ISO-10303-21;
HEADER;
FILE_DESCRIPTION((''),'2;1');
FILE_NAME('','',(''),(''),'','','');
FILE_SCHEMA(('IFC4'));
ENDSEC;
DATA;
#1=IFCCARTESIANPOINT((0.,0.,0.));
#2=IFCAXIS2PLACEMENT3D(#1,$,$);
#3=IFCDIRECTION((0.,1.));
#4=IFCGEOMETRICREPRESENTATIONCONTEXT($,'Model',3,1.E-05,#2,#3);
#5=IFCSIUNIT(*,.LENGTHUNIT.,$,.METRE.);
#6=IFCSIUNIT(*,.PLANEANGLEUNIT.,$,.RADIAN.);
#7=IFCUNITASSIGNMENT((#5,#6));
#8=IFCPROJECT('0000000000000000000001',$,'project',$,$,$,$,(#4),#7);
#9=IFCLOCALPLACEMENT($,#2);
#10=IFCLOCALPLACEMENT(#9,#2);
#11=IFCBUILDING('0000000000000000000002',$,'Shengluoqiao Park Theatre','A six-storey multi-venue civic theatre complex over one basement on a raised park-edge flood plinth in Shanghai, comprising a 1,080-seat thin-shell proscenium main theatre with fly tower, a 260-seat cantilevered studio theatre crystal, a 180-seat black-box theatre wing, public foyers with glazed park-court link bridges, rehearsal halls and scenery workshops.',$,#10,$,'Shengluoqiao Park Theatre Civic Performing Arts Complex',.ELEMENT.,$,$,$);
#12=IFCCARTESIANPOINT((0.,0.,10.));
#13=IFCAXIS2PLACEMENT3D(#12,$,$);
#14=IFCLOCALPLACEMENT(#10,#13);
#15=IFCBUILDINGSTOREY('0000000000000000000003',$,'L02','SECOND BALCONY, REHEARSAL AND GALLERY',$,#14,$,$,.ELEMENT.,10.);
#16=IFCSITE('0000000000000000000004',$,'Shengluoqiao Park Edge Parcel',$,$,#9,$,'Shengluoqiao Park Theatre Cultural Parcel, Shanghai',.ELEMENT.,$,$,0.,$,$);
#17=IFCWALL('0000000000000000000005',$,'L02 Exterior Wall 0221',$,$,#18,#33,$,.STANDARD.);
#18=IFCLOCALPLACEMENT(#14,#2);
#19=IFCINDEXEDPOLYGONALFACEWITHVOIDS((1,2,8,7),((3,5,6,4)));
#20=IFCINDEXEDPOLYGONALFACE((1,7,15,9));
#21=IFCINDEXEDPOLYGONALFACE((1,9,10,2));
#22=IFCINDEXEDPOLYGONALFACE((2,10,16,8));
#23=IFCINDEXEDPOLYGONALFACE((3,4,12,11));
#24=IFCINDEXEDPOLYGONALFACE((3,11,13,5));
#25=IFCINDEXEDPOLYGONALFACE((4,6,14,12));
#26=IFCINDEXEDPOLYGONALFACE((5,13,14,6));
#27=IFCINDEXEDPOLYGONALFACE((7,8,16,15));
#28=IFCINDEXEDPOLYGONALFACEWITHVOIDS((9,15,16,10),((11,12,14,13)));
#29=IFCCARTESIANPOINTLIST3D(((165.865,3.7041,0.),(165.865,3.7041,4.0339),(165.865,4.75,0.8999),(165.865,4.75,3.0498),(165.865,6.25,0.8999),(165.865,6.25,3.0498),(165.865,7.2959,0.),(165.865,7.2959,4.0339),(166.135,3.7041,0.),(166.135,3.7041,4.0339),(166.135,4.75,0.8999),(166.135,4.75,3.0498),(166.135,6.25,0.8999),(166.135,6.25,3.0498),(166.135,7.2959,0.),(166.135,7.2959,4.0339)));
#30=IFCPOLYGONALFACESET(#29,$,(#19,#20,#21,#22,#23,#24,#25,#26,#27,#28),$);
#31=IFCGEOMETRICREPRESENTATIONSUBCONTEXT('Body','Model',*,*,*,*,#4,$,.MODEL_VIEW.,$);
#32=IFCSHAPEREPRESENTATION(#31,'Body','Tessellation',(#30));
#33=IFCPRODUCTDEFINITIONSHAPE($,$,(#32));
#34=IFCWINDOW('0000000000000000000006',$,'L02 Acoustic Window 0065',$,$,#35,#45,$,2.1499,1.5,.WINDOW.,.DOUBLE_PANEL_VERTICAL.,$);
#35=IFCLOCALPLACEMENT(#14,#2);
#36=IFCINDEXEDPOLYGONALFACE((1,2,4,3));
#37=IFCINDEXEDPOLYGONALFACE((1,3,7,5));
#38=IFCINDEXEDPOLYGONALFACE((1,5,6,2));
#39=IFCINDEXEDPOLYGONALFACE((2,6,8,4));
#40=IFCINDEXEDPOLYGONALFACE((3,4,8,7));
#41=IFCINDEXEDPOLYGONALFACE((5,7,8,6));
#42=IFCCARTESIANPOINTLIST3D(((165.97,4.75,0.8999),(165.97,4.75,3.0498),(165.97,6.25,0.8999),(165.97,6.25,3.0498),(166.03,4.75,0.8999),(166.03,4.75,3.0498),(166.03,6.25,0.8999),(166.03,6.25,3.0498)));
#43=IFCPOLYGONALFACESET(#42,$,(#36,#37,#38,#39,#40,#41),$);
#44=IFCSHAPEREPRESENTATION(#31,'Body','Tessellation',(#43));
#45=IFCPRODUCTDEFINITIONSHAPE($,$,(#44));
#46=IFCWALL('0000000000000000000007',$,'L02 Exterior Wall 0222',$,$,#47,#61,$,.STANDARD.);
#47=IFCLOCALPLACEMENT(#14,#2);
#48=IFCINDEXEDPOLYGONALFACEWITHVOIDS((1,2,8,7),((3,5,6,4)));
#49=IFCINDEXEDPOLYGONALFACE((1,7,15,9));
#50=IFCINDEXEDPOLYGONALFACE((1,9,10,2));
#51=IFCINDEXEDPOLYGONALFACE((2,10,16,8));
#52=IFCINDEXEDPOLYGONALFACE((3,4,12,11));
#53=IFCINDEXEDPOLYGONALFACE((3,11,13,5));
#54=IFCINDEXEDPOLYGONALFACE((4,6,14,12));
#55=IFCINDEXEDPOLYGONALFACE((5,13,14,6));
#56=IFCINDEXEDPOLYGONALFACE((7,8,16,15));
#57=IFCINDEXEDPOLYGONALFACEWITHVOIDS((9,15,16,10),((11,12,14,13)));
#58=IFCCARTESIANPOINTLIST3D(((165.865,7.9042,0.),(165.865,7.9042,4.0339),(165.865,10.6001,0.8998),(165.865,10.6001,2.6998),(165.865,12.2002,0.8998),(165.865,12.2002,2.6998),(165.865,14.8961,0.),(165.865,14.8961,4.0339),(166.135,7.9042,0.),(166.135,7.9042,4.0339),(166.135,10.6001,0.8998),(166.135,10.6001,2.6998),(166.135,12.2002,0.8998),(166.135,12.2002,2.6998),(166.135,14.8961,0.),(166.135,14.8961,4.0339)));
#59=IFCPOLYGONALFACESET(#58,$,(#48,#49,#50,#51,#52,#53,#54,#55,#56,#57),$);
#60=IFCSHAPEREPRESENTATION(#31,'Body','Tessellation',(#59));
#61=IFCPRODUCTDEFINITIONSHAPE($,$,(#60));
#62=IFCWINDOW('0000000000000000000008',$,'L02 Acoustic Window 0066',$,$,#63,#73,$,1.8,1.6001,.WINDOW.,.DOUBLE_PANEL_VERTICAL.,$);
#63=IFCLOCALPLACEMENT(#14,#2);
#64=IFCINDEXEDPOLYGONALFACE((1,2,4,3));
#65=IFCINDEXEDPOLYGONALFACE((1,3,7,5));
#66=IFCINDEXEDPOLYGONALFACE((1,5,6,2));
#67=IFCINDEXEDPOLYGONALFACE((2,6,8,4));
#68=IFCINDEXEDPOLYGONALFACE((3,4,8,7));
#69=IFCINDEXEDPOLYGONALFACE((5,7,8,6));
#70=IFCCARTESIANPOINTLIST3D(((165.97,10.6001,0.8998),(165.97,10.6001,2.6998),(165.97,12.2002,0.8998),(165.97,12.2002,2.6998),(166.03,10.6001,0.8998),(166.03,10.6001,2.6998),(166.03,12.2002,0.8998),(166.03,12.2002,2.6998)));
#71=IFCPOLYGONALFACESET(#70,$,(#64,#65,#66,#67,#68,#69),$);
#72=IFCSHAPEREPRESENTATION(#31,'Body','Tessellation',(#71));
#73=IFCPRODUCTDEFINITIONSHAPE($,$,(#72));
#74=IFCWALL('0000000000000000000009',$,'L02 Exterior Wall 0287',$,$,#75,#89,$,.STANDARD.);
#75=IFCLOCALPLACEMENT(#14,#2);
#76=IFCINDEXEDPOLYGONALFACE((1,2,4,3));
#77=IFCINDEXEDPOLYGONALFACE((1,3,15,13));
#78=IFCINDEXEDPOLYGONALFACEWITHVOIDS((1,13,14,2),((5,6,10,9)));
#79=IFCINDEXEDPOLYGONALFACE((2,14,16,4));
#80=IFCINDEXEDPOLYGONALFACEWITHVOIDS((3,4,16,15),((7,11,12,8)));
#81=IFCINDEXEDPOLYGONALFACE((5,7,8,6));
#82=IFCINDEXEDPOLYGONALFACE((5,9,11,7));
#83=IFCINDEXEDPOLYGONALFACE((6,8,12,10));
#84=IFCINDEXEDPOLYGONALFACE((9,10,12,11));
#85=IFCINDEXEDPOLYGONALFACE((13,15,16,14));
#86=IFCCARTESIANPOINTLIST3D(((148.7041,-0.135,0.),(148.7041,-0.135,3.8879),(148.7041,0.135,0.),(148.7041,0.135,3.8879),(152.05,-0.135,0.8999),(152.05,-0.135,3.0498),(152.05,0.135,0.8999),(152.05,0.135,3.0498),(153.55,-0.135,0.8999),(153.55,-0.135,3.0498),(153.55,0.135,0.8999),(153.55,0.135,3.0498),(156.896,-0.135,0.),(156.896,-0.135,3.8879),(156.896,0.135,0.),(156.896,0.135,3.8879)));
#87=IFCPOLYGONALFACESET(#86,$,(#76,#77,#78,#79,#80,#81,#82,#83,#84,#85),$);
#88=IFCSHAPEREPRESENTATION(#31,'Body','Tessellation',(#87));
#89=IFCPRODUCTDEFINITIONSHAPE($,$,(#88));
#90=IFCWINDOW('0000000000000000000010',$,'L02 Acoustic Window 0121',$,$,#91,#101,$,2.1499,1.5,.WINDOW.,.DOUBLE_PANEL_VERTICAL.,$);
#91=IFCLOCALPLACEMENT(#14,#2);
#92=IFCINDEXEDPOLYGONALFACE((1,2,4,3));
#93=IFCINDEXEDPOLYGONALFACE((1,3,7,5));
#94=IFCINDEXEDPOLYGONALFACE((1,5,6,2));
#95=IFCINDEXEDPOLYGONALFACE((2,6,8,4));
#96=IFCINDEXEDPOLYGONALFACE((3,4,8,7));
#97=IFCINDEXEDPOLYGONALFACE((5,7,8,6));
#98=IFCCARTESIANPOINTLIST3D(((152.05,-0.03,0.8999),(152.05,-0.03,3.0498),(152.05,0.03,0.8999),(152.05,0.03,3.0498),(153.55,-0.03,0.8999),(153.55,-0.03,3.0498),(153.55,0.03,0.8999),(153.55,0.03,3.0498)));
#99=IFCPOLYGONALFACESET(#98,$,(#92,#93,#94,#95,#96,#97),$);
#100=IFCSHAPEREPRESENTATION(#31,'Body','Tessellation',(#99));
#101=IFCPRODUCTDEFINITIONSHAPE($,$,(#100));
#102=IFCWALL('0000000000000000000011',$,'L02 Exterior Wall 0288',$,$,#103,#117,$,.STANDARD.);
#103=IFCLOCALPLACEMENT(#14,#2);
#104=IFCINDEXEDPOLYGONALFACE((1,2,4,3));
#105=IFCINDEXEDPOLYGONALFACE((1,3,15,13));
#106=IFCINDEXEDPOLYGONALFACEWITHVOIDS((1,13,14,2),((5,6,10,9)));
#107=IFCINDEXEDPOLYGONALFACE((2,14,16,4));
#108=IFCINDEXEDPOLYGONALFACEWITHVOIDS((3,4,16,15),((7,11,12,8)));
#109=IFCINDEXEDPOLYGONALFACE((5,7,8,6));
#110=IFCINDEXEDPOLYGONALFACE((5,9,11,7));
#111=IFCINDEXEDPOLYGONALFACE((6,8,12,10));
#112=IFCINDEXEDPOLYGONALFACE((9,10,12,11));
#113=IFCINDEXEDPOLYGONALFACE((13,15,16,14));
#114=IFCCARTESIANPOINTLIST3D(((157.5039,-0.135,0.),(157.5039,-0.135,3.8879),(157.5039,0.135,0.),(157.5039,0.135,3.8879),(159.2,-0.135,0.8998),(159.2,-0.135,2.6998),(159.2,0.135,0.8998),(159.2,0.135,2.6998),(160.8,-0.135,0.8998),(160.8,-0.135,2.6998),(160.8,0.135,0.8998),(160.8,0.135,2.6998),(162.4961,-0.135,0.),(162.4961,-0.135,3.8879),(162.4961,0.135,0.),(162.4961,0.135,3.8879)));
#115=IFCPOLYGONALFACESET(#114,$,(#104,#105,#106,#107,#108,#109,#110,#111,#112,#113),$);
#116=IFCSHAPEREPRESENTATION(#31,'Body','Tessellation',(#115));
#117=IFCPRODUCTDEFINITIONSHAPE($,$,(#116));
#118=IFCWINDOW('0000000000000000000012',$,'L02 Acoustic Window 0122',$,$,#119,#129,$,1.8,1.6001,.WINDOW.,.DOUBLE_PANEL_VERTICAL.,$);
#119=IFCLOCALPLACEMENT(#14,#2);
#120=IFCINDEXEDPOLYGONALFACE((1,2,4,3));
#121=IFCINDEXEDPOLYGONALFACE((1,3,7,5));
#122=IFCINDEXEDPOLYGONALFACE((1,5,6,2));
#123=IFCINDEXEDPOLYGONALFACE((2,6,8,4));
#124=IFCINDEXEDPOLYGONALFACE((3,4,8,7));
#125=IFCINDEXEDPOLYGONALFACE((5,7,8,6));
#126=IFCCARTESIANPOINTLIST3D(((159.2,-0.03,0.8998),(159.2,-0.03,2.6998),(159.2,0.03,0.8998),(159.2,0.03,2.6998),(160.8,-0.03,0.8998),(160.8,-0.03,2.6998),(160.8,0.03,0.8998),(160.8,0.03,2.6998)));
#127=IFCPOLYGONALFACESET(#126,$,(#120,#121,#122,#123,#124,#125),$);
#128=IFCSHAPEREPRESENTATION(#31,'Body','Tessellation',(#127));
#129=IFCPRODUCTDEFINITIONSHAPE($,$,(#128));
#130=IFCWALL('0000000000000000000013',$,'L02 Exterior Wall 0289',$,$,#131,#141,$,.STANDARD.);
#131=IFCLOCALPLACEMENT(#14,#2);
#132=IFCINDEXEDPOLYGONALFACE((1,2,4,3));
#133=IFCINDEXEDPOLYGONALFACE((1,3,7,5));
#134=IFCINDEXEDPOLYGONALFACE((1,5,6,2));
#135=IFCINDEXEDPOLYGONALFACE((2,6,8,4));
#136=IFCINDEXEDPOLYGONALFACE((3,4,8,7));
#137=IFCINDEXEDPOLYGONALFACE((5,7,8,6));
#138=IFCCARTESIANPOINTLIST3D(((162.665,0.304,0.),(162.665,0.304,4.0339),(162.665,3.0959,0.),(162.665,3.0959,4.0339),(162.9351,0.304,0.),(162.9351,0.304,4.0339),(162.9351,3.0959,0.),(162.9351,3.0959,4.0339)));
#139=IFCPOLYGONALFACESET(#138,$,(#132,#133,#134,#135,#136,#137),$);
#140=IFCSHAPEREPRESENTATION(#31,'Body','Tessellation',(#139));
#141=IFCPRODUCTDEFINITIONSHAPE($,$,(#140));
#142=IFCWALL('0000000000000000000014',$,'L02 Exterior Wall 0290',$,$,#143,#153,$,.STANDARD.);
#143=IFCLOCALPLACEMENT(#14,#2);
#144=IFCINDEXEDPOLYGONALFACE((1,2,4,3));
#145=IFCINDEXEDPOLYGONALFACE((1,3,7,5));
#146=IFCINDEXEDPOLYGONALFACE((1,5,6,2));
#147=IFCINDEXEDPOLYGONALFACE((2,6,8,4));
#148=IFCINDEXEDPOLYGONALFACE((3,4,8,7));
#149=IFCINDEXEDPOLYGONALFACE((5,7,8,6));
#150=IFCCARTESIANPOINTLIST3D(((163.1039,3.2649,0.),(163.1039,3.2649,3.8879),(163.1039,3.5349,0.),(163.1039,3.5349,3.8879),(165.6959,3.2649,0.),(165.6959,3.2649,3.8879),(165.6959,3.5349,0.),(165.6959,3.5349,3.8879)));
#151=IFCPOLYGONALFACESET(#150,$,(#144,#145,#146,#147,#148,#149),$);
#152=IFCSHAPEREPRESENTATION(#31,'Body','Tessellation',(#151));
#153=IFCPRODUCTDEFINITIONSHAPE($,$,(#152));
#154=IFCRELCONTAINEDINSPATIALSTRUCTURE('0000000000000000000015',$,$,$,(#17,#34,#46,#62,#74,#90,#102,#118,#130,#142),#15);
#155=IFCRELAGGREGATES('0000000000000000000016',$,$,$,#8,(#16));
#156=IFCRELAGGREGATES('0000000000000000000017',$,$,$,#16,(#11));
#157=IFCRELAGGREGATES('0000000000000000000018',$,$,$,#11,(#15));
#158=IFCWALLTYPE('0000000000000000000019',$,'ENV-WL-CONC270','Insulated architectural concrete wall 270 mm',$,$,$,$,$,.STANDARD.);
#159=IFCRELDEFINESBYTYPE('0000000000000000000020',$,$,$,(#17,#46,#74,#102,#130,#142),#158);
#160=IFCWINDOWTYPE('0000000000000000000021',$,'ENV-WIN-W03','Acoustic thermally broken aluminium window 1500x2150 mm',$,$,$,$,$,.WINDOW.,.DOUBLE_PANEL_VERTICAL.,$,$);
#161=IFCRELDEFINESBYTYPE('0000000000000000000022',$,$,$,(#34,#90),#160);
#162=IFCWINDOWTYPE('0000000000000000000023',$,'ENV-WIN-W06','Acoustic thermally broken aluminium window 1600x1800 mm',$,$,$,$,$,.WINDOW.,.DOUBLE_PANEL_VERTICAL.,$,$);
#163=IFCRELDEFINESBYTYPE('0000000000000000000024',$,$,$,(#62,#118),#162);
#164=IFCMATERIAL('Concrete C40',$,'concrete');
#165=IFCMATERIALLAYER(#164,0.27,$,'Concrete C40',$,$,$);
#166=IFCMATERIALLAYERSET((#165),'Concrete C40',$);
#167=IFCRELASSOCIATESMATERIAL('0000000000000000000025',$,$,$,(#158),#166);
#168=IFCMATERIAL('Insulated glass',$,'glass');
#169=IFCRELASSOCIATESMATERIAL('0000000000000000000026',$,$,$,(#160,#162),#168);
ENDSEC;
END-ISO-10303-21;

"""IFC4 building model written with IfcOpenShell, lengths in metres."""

from ifc_helpers import new_model, si_unit, direction, frame, frame_2d, origin, place, context, subcontext, project, spatial, rectangle, extrude, material, layer, layer_set, type_object, element, fill, save


model = new_model("IFC4")

# Units and contexts
model_context = context("Model", 3, precision=1e-05, world=origin(), true_north=direction((0.0, 1.0)))
body_context = subcontext(model_context, "Body", "Model", "MODEL_VIEW")
ifc_project = project(units=[si_unit("LENGTHUNIT", "METRE"), si_unit("PLANEANGLEUNIT", "RADIAN")], contexts=[model_context])

# Site, building, storey
site_placement = place(None, origin())
site = spatial("IfcSite", under=ifc_project, at=site_placement, Name="Shengluoqiao Park Edge Parcel", LongName="Shengluoqiao Park Theatre Cultural Parcel, Shanghai", CompositionType="ELEMENT", RefElevation=0.0)
building_placement = place(site_placement, origin())
building = spatial("IfcBuilding", under=site, at=building_placement, Name="Shengluoqiao Park Theatre", Description="A six-storey multi-venue civic theatre complex over one basement on a raised park-edge flood plinth in Shanghai, comprising a 1,080-seat thin-shell proscenium main theatre with fly tower, a 260-seat cantilevered studio theatre crystal, a 180-seat black-box theatre wing, public foyers with glazed park-court link bridges, rehearsal halls and scenery workshops.", LongName="Shengluoqiao Park Theatre Civic Performing Arts Complex", CompositionType="ELEMENT")
storey_placement = place(building_placement, frame((0.0, 0.0, 10.0)))
storey = spatial("IfcBuildingStorey", under=building, at=storey_placement, Name="L02", Description="SECOND BALCONY, REHEARSAL AND GALLERY", CompositionType="ELEMENT", Elevation=10.0)

# Shared definitions
ifc_material_1 = material(Name="Concrete C40", Category="concrete")

# Shared definitions
ifc_material_2 = material(Name="Insulated glass", Category="glass")

# Walls, openings, windows
ifc_layer_1 = layer(ifc_material_1, 0.27, Name="Concrete C40")
ifc_layer_set_1 = layer_set([ifc_layer_1], Name="Concrete C40")
wall_type = type_object("IfcWallType", Name="ENV-WL-CONC270", Description="Insulated architectural concrete wall 270 mm", PredefinedType="STANDARD", material=ifc_layer_set_1)
wall_1_placement = place(storey_placement, frame((166.0, 3.7041, 0.0), z_axis=(0.0, 0.0, 1.0), x_axis=(0.0, 1.0, 0.0)))
wall_1 = element("IfcWall", 1, at=wall_1_placement, inside=storey, type_object=wall_type, Name="L02 Exterior Wall 0221", PredefinedType="STANDARD", context=body_context, shape_type="SweptSolid", body=[
    extrude(rectangle(XDim=3.5918, YDim=0.27, at=frame_2d((1.7959, 0.0))), origin(), (0.0, 0.0, 1.0), 4.0339),
])
opening_1_placement = place(wall_1_placement, frame((1.0459, 0.0, 0.8999)))
opening_1 = element("IfcOpeningElement", 2, at=opening_1_placement, cuts=wall_1, PredefinedType="OPENING", context=body_context, shape_type="SweptSolid", body=[
    extrude(rectangle(XDim=1.5, YDim=2.1499, at=frame_2d((0.75, 1.075))), frame((0.0, 0.145, 0.0), z_axis=(0.0, -1.0, 0.0), x_axis=(1.0, 0.0, 0.0)), (0.0, 0.0, 1.0), 0.29),
])
window_type_1 = type_object("IfcWindowType", Name="ENV-WIN-W03", Description="Acoustic thermally broken aluminium window 1500x2150 mm", PartitioningType="DOUBLE_PANEL_VERTICAL", PredefinedType="WINDOW", material=ifc_material_2)
window_1_placement = place(opening_1_placement, origin())
window_1 = element("IfcWindow", 3, at=window_1_placement, inside=storey, type_object=window_type_1, Name="L02 Acoustic Window 0065", OverallHeight=2.1499, OverallWidth=1.5, PartitioningType="DOUBLE_PANEL_VERTICAL", PredefinedType="WINDOW", context=body_context, shape_type="SweptSolid", body=[
    extrude(rectangle(XDim=1.5, YDim=2.1499, at=frame_2d((0.75, 1.075))), frame((0.0, 0.03, 0.0), z_axis=(0.0, -1.0, 0.0), x_axis=(1.0, 0.0, 0.0)), (0.0, 0.0, 1.0), 0.0601),
])
fill(opening_1, window_1)
wall_2_placement = place(storey_placement, frame((166.0, 7.9041, 0.0), z_axis=(0.0, 0.0, 1.0), x_axis=(0.0, 1.0, 0.0)))
wall_2 = element("IfcWall", 4, at=wall_2_placement, inside=storey, type_object=wall_type, Name="L02 Exterior Wall 0222", PredefinedType="STANDARD", context=body_context, shape_type="SweptSolid", body=[
    extrude(rectangle(XDim=6.9919, YDim=0.27, at=frame_2d((3.4961, 0.0))), origin(), (0.0, 0.0, 1.0), 4.0339),
])
opening_2_placement = place(wall_2_placement, frame((2.696, 0.0, 0.8999)))
opening_2 = element("IfcOpeningElement", 5, at=opening_2_placement, cuts=wall_2, PredefinedType="OPENING", context=body_context, shape_type="SweptSolid", body=[
    extrude(rectangle(XDim=1.6001, YDim=1.8, at=frame_2d((0.8, 0.8999))), frame((0.0, 0.145, 0.0), z_axis=(0.0, -1.0, 0.0), x_axis=(1.0, 0.0, 0.0)), (0.0, 0.0, 1.0), 0.29),
])
window_type_2 = type_object("IfcWindowType", Name="ENV-WIN-W06", Description="Acoustic thermally broken aluminium window 1600x1800 mm", PartitioningType="DOUBLE_PANEL_VERTICAL", PredefinedType="WINDOW", material=ifc_material_2)
window_2_placement = place(opening_2_placement, origin())
window_2 = element("IfcWindow", 6, at=window_2_placement, inside=storey, type_object=window_type_2, Name="L02 Acoustic Window 0066", OverallHeight=1.8, OverallWidth=1.6001, PartitioningType="DOUBLE_PANEL_VERTICAL", PredefinedType="WINDOW", context=body_context, shape_type="SweptSolid", body=[
    extrude(rectangle(XDim=1.6001, YDim=1.8, at=frame_2d((0.8, 0.8999))), frame((0.0, 0.03, 0.0), z_axis=(0.0, -1.0, 0.0), x_axis=(1.0, 0.0, 0.0)), (0.0, 0.0, 1.0), 0.0601),
])
fill(opening_2, window_2)
wall_3_placement = place(storey_placement, frame((148.7041, 0.0, 0.0), z_axis=(0.0, 0.0, 1.0), x_axis=(1.0, 0.0, 0.0)))
wall_3 = element("IfcWall", 7, at=wall_3_placement, inside=storey, type_object=wall_type, Name="L02 Exterior Wall 0287", PredefinedType="STANDARD", context=body_context, shape_type="SweptSolid", body=[
    extrude(rectangle(XDim=8.1919, YDim=0.27, at=frame_2d((4.0959, 0.0))), origin(), (0.0, 0.0, 1.0), 3.8879),
])
opening_3_placement = place(wall_3_placement, frame((3.3459, 0.0, 0.8999)))
opening_3 = element("IfcOpeningElement", 8, at=opening_3_placement, cuts=wall_3, PredefinedType="OPENING", context=body_context, shape_type="SweptSolid", body=[
    extrude(rectangle(XDim=1.5, YDim=2.1499, at=frame_2d((0.75, 1.075))), frame((0.0, 0.145, 0.0), z_axis=(0.0, -1.0, 0.0), x_axis=(1.0, 0.0, 0.0)), (0.0, 0.0, 1.0), 0.29),
])
window_3_placement = place(opening_3_placement, origin())
window_3 = element("IfcWindow", 9, at=window_3_placement, inside=storey, type_object=window_type_1, Name="L02 Acoustic Window 0121", OverallHeight=2.1499, OverallWidth=1.5, PartitioningType="DOUBLE_PANEL_VERTICAL", PredefinedType="WINDOW", context=body_context, shape_type="SweptSolid", body=[
    extrude(rectangle(XDim=1.5, YDim=2.1499, at=frame_2d((0.75, 1.075))), frame((0.0, 0.03, 0.0), z_axis=(0.0, -1.0, 0.0), x_axis=(1.0, 0.0, 0.0)), (0.0, 0.0, 1.0), 0.0601),
])
fill(opening_3, window_3)
wall_4_placement = place(storey_placement, frame((157.5039, 0.0, 0.0), z_axis=(0.0, 0.0, 1.0), x_axis=(1.0, 0.0, 0.0)))
wall_4 = element("IfcWall", 10, at=wall_4_placement, inside=storey, type_object=wall_type, Name="L02 Exterior Wall 0288", PredefinedType="STANDARD", context=body_context, shape_type="SweptSolid", body=[
    extrude(rectangle(XDim=4.9922, YDim=0.27, at=frame_2d((2.4961, 0.0))), origin(), (0.0, 0.0, 1.0), 3.8879),
])
opening_4_placement = place(wall_4_placement, frame((1.696, 0.0, 0.8999)))
opening_4 = element("IfcOpeningElement", 11, at=opening_4_placement, cuts=wall_4, PredefinedType="OPENING", context=body_context, shape_type="SweptSolid", body=[
    extrude(rectangle(XDim=1.6001, YDim=1.8, at=frame_2d((0.8, 0.8999))), frame((0.0, 0.145, 0.0), z_axis=(0.0, -1.0, 0.0), x_axis=(1.0, 0.0, 0.0)), (0.0, 0.0, 1.0), 0.29),
])
window_4_placement = place(opening_4_placement, origin())
window_4 = element("IfcWindow", 12, at=window_4_placement, inside=storey, type_object=window_type_2, Name="L02 Acoustic Window 0122", OverallHeight=1.8, OverallWidth=1.6001, PartitioningType="DOUBLE_PANEL_VERTICAL", PredefinedType="WINDOW", context=body_context, shape_type="SweptSolid", body=[
    extrude(rectangle(XDim=1.6001, YDim=1.8, at=frame_2d((0.8, 0.8999))), frame((0.0, 0.03, 0.0), z_axis=(0.0, -1.0, 0.0), x_axis=(1.0, 0.0, 0.0)), (0.0, 0.0, 1.0), 0.0601),
])
fill(opening_4, window_4)

# Walls
wall_5_placement = place(storey_placement, frame((162.8, 0.304, 0.0), z_axis=(0.0, 0.0, 1.0), x_axis=(0.0, 1.0, 0.0)))
element("IfcWall", 13, at=wall_5_placement, inside=storey, type_object=wall_type, Name="L02 Exterior Wall 0289", PredefinedType="STANDARD", context=body_context, shape_type="SweptSolid", body=[
    extrude(rectangle(XDim=2.792, YDim=0.27, at=frame_2d((1.396, 0.0))), origin(), (0.0, 0.0, 1.0), 4.0339),
])
wall_6_placement = place(storey_placement, frame((163.104, 3.3999, 0.0), z_axis=(0.0, 0.0, 1.0), x_axis=(1.0, 0.0, 0.0)))
element("IfcWall", 14, at=wall_6_placement, inside=storey, type_object=wall_type, Name="L02 Exterior Wall 0290", PredefinedType="STANDARD", context=body_context, shape_type="SweptSolid", body=[
    extrude(rectangle(XDim=2.592, YDim=0.27, at=frame_2d((1.2959, 0.0))), origin(), (0.0, 0.0, 1.0), 3.8879),
])

save(model, "model.ifc")
